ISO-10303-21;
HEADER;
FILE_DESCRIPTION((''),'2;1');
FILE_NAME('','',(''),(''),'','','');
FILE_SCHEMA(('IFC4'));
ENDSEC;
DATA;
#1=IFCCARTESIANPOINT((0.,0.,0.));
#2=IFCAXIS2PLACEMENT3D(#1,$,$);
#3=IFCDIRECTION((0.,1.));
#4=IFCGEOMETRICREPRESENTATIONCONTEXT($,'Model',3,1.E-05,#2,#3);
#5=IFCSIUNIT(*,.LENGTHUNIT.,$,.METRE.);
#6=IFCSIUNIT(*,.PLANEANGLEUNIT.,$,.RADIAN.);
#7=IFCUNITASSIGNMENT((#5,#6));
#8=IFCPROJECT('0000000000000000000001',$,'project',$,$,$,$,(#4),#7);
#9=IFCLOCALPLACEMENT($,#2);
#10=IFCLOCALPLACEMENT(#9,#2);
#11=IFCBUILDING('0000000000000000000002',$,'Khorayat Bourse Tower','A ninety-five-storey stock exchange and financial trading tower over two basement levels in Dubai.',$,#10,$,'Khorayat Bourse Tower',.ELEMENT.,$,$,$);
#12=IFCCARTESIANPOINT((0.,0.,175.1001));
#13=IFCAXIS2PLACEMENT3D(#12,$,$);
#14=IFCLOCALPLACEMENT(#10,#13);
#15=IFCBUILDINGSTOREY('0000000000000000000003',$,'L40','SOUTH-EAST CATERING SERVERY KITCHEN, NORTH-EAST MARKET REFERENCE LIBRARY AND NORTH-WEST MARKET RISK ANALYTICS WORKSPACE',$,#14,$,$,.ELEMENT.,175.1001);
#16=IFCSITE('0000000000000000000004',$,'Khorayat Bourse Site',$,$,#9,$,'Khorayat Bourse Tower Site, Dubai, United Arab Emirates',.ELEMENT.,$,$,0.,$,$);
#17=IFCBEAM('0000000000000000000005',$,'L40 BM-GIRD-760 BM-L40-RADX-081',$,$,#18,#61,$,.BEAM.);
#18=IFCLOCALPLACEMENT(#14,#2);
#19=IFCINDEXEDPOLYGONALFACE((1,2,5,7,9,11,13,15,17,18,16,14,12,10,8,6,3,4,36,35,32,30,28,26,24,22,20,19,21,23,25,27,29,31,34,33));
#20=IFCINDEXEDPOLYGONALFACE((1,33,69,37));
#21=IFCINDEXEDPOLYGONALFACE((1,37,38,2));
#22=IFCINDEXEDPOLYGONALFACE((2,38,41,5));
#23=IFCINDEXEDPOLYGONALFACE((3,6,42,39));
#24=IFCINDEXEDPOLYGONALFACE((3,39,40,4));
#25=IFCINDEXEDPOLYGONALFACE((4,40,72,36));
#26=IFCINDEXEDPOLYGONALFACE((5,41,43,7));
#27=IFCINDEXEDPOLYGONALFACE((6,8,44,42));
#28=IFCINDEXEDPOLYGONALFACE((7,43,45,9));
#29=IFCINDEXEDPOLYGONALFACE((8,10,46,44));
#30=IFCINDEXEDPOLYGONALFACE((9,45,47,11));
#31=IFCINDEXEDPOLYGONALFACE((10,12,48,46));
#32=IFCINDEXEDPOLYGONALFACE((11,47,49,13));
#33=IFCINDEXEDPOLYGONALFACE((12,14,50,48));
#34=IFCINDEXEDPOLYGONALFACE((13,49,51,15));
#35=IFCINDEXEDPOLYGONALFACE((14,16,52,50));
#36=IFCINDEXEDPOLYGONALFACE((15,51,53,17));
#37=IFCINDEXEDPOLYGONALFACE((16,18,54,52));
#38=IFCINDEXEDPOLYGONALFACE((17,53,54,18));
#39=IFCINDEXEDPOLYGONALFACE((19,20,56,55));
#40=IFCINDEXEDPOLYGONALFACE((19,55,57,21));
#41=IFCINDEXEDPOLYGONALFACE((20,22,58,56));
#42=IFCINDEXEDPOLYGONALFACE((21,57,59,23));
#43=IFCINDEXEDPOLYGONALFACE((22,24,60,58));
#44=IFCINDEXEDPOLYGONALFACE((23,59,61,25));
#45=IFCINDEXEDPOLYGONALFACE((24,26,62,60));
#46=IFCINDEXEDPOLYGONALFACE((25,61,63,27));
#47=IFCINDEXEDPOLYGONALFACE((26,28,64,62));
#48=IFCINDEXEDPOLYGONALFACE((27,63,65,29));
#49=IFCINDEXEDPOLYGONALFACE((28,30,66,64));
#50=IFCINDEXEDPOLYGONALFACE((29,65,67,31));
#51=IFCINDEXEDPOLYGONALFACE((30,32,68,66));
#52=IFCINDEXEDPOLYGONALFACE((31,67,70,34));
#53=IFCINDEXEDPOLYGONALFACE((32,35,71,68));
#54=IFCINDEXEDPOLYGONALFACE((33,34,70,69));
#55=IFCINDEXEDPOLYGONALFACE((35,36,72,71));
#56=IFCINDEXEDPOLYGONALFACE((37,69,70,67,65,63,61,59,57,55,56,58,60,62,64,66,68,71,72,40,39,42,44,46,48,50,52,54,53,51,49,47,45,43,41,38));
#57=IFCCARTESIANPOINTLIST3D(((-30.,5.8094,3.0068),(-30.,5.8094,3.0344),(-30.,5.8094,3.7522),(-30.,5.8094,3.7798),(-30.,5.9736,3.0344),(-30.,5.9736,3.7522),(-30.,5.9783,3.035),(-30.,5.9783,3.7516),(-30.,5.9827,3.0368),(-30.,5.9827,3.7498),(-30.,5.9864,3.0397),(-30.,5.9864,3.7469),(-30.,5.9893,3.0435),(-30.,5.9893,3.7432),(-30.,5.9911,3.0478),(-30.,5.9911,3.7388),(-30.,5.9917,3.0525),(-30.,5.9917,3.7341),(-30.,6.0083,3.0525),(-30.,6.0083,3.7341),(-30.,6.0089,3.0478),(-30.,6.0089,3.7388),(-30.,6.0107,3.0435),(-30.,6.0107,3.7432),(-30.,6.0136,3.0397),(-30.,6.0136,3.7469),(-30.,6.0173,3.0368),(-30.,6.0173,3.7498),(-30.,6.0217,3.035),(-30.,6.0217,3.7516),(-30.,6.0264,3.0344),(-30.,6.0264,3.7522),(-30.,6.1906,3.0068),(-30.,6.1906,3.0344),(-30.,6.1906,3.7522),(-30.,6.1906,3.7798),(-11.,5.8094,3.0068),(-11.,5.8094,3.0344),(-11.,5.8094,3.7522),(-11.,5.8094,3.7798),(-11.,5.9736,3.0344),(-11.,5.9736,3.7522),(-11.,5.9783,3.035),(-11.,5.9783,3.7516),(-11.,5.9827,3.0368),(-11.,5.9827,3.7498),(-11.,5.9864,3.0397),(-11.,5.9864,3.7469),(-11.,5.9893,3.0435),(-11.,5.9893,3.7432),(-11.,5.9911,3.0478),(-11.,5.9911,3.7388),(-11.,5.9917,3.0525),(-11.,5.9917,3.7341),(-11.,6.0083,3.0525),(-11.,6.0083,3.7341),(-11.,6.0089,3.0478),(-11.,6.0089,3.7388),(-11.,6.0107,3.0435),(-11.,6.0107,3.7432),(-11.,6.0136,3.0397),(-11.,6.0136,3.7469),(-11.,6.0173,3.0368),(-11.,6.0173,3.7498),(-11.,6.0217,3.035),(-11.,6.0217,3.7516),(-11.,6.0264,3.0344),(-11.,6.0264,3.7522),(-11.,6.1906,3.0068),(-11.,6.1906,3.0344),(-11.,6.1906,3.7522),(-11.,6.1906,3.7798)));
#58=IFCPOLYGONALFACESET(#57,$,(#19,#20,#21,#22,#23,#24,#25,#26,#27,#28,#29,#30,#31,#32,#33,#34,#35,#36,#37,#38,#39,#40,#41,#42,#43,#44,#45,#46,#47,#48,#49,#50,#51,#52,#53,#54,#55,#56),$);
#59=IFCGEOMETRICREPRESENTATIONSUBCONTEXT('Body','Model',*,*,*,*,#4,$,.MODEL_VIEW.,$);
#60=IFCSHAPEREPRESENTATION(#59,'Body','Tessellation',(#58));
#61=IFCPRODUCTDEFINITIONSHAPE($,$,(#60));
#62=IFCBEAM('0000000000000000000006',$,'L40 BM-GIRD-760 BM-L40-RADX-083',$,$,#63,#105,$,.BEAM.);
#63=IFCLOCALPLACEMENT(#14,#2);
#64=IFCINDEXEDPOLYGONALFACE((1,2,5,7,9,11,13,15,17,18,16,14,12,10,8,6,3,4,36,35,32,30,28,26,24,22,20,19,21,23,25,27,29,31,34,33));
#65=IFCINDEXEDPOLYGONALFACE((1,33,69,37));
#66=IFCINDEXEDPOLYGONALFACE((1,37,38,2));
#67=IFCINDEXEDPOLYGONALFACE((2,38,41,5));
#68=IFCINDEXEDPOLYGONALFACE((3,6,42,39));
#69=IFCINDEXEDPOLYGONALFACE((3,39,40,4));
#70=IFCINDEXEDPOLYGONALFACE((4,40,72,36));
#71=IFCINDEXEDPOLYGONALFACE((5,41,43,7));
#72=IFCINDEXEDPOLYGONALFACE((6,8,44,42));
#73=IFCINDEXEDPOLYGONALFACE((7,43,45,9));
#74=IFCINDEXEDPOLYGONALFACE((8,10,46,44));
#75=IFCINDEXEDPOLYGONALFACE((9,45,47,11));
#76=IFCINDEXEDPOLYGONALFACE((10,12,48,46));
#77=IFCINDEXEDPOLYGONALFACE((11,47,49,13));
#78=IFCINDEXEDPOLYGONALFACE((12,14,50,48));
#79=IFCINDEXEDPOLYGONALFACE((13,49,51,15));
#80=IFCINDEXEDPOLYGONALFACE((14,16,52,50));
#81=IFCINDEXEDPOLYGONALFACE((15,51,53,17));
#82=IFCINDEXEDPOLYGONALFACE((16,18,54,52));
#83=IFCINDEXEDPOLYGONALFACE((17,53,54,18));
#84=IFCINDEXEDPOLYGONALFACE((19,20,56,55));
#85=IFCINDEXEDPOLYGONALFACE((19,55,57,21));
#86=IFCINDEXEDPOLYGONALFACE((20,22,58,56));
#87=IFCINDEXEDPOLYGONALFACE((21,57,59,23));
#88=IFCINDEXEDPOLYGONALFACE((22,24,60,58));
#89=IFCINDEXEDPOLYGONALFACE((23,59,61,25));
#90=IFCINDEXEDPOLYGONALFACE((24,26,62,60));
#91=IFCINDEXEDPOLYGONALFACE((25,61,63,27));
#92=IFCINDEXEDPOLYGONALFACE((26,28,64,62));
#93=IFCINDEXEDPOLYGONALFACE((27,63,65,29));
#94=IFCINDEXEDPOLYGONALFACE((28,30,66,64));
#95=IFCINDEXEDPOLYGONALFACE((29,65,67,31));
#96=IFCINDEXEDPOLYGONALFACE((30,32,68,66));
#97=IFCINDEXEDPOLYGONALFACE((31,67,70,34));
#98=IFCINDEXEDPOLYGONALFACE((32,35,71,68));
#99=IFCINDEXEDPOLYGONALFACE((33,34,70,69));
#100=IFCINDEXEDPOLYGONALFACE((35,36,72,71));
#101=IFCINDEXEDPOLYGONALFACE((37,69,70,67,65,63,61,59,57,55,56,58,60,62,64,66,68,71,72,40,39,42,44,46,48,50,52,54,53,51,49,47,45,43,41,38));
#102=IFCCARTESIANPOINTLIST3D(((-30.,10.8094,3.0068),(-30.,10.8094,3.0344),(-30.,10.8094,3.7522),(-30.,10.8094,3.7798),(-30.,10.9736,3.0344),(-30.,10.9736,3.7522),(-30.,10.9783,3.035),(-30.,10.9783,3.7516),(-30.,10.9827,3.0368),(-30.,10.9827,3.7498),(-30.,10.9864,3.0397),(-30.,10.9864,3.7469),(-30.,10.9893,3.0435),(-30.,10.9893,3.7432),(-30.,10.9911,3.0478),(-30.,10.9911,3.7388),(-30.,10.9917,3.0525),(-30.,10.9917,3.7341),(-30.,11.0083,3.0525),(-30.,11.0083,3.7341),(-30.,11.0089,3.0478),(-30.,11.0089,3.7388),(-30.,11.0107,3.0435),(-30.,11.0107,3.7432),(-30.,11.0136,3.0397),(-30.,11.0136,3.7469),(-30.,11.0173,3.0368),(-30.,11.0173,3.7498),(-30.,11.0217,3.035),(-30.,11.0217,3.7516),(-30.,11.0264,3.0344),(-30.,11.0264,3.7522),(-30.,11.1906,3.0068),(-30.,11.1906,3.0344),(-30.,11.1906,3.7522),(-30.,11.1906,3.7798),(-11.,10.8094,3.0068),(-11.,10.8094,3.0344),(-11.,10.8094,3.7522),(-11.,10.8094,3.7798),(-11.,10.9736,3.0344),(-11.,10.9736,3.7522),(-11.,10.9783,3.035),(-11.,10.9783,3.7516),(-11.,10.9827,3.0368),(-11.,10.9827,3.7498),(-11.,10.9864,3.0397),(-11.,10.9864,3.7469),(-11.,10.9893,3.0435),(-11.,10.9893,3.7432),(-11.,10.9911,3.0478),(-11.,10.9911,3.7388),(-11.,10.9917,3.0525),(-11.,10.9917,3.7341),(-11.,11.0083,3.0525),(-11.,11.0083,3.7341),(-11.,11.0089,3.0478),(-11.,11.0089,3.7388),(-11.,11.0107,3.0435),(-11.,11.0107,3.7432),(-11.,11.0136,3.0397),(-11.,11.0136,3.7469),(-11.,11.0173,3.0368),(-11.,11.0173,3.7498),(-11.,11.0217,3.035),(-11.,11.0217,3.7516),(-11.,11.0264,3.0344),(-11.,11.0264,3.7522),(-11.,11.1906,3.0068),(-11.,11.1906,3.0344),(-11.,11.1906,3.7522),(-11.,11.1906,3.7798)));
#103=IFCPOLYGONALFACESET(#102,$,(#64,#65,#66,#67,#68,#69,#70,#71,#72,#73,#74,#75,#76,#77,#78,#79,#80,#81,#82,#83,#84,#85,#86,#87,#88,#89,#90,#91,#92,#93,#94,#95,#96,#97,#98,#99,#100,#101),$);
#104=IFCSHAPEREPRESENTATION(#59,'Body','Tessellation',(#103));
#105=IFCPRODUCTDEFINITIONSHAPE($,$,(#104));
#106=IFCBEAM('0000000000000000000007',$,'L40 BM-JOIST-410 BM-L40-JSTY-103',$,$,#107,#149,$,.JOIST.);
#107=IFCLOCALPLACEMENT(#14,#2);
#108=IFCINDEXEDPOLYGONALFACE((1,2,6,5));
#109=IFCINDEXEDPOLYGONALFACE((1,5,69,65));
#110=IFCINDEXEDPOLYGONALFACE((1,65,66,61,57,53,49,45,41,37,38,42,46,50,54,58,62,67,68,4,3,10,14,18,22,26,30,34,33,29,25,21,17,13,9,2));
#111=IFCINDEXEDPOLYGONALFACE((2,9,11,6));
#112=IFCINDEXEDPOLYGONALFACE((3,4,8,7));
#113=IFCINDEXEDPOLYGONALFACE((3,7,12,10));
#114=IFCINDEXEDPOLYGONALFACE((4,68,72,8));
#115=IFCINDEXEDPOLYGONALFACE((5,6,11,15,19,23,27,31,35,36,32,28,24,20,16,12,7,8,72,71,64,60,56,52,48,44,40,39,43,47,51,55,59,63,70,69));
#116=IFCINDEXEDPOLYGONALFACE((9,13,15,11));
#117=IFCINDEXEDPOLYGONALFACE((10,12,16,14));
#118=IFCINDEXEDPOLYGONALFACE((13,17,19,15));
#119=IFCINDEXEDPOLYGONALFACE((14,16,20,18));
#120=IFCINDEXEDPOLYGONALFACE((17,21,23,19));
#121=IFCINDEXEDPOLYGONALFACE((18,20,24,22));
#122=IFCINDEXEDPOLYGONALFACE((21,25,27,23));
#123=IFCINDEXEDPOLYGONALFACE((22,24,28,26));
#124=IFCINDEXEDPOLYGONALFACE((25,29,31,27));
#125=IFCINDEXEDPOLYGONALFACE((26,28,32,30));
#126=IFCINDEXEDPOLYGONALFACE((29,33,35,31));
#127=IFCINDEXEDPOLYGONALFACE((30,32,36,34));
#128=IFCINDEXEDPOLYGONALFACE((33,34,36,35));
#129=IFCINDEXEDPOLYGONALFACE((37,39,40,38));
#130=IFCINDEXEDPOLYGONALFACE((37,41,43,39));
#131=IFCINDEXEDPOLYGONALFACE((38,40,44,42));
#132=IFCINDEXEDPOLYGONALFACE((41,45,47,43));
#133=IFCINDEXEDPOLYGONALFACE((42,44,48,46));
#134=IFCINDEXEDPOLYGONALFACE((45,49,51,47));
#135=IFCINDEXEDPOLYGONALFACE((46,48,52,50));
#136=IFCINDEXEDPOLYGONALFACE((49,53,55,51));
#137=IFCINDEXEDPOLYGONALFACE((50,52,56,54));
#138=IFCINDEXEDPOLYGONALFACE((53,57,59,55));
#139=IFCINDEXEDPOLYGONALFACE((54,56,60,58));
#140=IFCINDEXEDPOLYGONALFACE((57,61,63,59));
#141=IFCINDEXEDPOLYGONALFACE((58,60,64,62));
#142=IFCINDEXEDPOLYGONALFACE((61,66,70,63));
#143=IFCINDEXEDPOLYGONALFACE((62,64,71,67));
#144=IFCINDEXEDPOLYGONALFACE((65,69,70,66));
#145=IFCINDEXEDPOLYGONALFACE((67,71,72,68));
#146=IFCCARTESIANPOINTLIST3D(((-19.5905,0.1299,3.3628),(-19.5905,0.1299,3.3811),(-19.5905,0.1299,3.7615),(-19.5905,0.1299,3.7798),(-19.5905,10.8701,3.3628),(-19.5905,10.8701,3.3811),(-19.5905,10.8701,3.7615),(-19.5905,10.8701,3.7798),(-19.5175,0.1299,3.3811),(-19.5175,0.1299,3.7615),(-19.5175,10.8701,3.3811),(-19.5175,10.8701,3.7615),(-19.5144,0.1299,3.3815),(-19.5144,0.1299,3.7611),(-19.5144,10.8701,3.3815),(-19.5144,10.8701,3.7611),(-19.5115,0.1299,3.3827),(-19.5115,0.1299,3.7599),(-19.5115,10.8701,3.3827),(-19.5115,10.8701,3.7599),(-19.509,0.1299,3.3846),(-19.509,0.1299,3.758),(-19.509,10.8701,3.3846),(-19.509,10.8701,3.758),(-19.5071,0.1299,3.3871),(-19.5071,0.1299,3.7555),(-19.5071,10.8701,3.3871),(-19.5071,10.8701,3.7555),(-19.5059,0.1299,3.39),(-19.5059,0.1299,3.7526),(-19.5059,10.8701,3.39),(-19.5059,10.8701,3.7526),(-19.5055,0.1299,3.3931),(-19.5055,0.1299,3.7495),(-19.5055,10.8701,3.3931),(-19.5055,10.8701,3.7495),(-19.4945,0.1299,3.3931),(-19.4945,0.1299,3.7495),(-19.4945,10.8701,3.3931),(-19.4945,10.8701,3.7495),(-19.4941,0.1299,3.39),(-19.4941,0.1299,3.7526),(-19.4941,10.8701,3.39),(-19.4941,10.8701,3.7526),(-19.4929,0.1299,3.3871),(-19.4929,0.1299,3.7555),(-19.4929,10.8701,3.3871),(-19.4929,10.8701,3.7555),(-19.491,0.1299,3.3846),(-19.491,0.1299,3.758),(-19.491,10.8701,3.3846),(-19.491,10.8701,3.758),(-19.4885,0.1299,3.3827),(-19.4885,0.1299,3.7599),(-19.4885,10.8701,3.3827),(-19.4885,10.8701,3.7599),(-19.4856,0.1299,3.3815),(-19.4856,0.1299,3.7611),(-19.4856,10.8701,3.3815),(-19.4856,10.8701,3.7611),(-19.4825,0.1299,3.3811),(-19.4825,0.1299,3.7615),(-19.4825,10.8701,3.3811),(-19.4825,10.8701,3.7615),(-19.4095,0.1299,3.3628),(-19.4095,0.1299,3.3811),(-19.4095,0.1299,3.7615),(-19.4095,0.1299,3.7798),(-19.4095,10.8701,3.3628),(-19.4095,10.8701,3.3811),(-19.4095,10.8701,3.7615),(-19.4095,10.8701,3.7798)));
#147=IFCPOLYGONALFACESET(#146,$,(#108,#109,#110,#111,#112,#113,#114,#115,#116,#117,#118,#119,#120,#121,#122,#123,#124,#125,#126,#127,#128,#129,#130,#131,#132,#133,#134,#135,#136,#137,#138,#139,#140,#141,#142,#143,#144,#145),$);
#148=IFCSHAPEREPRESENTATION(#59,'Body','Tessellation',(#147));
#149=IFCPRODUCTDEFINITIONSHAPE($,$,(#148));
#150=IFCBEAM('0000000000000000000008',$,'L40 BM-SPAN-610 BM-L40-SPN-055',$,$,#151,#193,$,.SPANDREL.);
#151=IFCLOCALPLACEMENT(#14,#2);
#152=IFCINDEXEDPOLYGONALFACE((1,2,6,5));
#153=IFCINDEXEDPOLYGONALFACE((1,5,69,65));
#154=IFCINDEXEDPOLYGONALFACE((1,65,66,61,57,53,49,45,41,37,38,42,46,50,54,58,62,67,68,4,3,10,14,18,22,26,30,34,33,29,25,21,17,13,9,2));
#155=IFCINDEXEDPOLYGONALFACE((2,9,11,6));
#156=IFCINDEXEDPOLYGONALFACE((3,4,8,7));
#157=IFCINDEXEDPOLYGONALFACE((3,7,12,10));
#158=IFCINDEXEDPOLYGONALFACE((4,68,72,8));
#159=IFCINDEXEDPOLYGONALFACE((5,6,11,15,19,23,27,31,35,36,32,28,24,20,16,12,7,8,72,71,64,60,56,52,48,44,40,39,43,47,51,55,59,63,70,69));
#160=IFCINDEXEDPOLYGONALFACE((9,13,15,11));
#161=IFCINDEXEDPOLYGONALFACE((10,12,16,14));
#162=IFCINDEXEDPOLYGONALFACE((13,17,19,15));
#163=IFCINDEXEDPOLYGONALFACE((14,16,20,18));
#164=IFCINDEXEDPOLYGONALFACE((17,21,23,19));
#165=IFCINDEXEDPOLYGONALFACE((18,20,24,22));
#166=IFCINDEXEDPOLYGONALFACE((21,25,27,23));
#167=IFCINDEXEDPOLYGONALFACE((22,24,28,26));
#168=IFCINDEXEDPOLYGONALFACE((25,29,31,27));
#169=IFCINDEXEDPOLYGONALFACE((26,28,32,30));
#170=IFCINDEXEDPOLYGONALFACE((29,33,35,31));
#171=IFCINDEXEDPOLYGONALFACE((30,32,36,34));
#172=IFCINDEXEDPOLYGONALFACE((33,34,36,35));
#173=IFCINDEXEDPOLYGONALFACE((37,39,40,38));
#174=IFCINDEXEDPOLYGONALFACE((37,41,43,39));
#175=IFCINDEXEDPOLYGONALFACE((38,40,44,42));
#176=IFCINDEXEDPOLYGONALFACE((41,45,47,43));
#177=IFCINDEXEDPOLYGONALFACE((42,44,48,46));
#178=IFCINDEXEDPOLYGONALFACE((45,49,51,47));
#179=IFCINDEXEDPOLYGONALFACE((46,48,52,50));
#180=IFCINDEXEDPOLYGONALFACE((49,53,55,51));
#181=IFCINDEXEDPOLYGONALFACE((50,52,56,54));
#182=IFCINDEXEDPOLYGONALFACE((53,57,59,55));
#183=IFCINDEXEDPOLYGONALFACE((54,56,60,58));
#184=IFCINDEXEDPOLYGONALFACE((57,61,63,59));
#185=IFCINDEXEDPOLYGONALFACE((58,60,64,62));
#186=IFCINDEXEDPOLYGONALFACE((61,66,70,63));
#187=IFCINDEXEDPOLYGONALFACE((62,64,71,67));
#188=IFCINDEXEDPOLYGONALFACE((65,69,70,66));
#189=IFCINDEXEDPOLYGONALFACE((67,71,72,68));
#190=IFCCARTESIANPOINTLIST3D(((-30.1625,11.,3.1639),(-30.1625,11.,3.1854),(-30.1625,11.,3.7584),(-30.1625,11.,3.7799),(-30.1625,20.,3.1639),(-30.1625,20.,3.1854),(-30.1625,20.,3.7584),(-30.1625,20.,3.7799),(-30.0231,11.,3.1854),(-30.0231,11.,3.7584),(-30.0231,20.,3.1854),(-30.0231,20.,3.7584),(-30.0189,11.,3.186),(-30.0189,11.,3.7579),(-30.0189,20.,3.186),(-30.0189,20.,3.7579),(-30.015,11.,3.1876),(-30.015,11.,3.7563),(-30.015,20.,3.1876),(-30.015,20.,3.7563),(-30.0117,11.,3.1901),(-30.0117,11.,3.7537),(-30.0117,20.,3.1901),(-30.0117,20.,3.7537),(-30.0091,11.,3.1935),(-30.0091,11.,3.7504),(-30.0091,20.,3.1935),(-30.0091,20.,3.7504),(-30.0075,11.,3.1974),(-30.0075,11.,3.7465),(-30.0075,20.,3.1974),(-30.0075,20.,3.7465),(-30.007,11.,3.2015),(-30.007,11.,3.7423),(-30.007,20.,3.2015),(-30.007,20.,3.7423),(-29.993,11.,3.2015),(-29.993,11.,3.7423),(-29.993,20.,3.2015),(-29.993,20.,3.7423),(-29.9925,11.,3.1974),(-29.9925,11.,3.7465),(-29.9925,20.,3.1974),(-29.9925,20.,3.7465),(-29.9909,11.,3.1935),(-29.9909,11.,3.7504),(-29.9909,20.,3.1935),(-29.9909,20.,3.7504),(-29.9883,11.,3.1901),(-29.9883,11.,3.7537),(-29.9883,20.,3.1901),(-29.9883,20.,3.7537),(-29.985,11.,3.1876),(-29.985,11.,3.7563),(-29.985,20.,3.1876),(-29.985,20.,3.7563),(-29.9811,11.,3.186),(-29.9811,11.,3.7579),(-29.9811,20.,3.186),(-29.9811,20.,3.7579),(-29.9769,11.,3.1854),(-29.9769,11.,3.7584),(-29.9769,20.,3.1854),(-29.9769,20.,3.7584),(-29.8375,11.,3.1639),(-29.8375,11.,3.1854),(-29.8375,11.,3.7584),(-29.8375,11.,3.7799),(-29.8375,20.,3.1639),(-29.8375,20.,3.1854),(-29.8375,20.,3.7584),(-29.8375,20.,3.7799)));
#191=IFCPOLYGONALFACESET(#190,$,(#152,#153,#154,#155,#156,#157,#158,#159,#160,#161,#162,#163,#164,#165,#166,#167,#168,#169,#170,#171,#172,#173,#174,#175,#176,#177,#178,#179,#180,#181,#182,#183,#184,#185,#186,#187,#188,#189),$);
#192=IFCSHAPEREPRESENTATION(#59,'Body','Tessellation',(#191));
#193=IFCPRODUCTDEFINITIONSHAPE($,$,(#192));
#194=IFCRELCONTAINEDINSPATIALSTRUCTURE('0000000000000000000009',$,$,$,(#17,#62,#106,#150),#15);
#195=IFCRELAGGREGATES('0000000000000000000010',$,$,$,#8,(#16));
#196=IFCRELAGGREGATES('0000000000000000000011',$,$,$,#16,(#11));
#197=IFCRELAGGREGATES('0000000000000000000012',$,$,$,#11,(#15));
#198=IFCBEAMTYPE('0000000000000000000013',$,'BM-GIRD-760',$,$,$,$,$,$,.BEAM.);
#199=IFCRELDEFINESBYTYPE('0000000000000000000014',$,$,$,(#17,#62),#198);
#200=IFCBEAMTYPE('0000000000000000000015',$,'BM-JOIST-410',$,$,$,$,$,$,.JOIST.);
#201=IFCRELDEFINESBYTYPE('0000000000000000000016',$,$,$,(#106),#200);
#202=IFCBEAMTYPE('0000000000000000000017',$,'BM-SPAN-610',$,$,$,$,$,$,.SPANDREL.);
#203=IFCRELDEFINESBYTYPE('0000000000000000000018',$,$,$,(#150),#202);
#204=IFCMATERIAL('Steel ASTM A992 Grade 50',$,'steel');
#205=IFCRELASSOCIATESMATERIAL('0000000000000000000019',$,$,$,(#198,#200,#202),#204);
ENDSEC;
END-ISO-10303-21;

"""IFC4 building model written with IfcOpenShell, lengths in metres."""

from ifc_helpers import new_model, si_unit, direction, frame, origin, origin_2d, place, context, subcontext, project, spatial, i_section, extrude, source, transform, mapped, material, material_profile, profile_set, type_object, element, save


model = new_model("IFC4")

# Units and contexts
model_context = context("Model", 3, precision=1e-05, world=origin(), true_north=direction((0.0, 1.0)))
body_context = subcontext(model_context, "Body", "Model", "MODEL_VIEW")
ifc_project = project(units=[si_unit("LENGTHUNIT", "METRE"), si_unit("PLANEANGLEUNIT", "RADIAN")], contexts=[model_context])

# Site, building, storey
site_placement = place(None, origin())
site = spatial("IfcSite", under=ifc_project, at=site_placement, Name="Khorayat Bourse Site", LongName="Khorayat Bourse Tower Site, Dubai, United Arab Emirates", CompositionType="ELEMENT", RefElevation=0.0)
building_placement = place(site_placement, origin())
building = spatial("IfcBuilding", under=site, at=building_placement, Name="Khorayat Bourse Tower", Description="A ninety-five-storey stock exchange and financial trading tower over two basement levels in Dubai.", LongName="Khorayat Bourse Tower", CompositionType="ELEMENT")
storey_placement = place(building_placement, frame((0.0, 0.0, 175.1001)))
storey = spatial("IfcBuildingStorey", under=building, at=storey_placement, Name="L40", Description="SOUTH-EAST CATERING SERVERY KITCHEN, NORTH-EAST MARKET REFERENCE LIBRARY AND NORTH-WEST MARKET RISK ANALYTICS WORKSPACE", CompositionType="ELEMENT", Elevation=175.1001)

# Beams
ifc_material_1 = material(Name="Steel ASTM A992 Grade 50", Category="steel")
ifc_material_profile_1 = material_profile(ifc_material_1, i_section(OverallWidth=0.3811, OverallDepth=0.7729, WebThickness=0.0166, FlangeThickness=0.0276, FilletRadius=0.0181, at=origin_2d()), Name="W760X257")
ifc_profile_set_1 = profile_set([ifc_material_profile_1], Name="Steel ASTM A992 Grade 50")
beam_type_1 = type_object("IfcBeamType", Name="BM-GIRD-760", PredefinedType="BEAM", material=ifc_profile_set_1)
shared_shape_1 = source(origin(), body_context, "Body", "SweptSolid", [
    extrude(i_section(OverallWidth=0.3811, OverallDepth=0.7729, WebThickness=0.0166, FlangeThickness=0.0276, FilletRadius=0.0181, at=origin_2d()), origin(), (0.0, 0.0, 1.0), 19.0),
])
for number, where, z_axis, x_axis, name in (
    (1, (-30.0, 6.0, 3.3933), (1.0, 0.0, 0.0), (0.0, 1.0, 0.0), "L40 BM-GIRD-760 BM-L40-RADX-081"),
    (2, (-30.0, 11.0, 3.3933), (1.0, 0.0, 0.0), (0.0, 1.0, 0.0), "L40 BM-GIRD-760 BM-L40-RADX-083"),
):
    element("IfcBeam", number, at=place(storey_placement, frame(where, z_axis=z_axis, x_axis=x_axis)), inside=storey, type_object=beam_type_1, Name=name, PredefinedType="BEAM", context=body_context, shape_type="MappedRepresentation", body=[
        mapped(shared_shape_1, transform((0.0, 0.0, 0.0), scale=1.0)),
    ])
ifc_material_profile_2 = material_profile(ifc_material_1, i_section(OverallWidth=0.1809, OverallDepth=0.417, WebThickness=0.011, FlangeThickness=0.0183, FilletRadius=0.012, at=origin_2d()), Name="W410X85")
ifc_profile_set_2 = profile_set([ifc_material_profile_2], Name="Steel ASTM A992 Grade 50")
beam_type_2 = type_object("IfcBeamType", Name="BM-JOIST-410", PredefinedType="JOIST", material=ifc_profile_set_2)
shared_shape_2 = source(origin(), body_context, "Body", "SweptSolid", [
    extrude(i_section(OverallWidth=0.1809, OverallDepth=0.417, WebThickness=0.011, FlangeThickness=0.0183, FilletRadius=0.012, at=origin_2d()), origin(), (0.0, 0.0, 1.0), 10.7402),
])
beam_1_placement = place(storey_placement, frame((-19.5, 0.1299, 3.5713), z_axis=(0.0, 1.0, 0.0), x_axis=(-1.0, 0.0, 0.0)))
element("IfcBeam", 3, at=beam_1_placement, inside=storey, type_object=beam_type_2, Name="L40 BM-JOIST-410 BM-L40-JSTY-103", PredefinedType="JOIST", context=body_context, shape_type="MappedRepresentation", body=[
    mapped(shared_shape_2, transform((0.0, 0.0, 0.0), scale=1.0)),
])
ifc_material_profile_3 = material_profile(ifc_material_1, i_section(OverallWidth=0.325, OverallDepth=0.616, WebThickness=0.0139, FlangeThickness=0.0215, FilletRadius=0.0161, at=origin_2d()), Name="W610X174")
ifc_profile_set_3 = profile_set([ifc_material_profile_3], Name="Steel ASTM A992 Grade 50")
beam_type_3 = type_object("IfcBeamType", Name="BM-SPAN-610", PredefinedType="SPANDREL", material=ifc_profile_set_3)
shared_shape_3 = source(origin(), body_context, "Body", "SweptSolid", [
    extrude(i_section(OverallWidth=0.325, OverallDepth=0.616, WebThickness=0.0139, FlangeThickness=0.0215, FilletRadius=0.0161, at=origin_2d()), origin(), (0.0, 0.0, 1.0), 9.0),
])
beam_2_placement = place(storey_placement, frame((-30.0, 11.0, 3.4719), z_axis=(0.0, 1.0, 0.0), x_axis=(-1.0, 0.0, 0.0)))
element("IfcBeam", 4, at=beam_2_placement, inside=storey, type_object=beam_type_3, Name="L40 BM-SPAN-610 BM-L40-SPN-055", PredefinedType="SPANDREL", context=body_context, shape_type="MappedRepresentation", body=[
    mapped(shared_shape_3, transform((0.0, 0.0, 0.0), scale=1.0)),
])

save(model, "model.ifc")
